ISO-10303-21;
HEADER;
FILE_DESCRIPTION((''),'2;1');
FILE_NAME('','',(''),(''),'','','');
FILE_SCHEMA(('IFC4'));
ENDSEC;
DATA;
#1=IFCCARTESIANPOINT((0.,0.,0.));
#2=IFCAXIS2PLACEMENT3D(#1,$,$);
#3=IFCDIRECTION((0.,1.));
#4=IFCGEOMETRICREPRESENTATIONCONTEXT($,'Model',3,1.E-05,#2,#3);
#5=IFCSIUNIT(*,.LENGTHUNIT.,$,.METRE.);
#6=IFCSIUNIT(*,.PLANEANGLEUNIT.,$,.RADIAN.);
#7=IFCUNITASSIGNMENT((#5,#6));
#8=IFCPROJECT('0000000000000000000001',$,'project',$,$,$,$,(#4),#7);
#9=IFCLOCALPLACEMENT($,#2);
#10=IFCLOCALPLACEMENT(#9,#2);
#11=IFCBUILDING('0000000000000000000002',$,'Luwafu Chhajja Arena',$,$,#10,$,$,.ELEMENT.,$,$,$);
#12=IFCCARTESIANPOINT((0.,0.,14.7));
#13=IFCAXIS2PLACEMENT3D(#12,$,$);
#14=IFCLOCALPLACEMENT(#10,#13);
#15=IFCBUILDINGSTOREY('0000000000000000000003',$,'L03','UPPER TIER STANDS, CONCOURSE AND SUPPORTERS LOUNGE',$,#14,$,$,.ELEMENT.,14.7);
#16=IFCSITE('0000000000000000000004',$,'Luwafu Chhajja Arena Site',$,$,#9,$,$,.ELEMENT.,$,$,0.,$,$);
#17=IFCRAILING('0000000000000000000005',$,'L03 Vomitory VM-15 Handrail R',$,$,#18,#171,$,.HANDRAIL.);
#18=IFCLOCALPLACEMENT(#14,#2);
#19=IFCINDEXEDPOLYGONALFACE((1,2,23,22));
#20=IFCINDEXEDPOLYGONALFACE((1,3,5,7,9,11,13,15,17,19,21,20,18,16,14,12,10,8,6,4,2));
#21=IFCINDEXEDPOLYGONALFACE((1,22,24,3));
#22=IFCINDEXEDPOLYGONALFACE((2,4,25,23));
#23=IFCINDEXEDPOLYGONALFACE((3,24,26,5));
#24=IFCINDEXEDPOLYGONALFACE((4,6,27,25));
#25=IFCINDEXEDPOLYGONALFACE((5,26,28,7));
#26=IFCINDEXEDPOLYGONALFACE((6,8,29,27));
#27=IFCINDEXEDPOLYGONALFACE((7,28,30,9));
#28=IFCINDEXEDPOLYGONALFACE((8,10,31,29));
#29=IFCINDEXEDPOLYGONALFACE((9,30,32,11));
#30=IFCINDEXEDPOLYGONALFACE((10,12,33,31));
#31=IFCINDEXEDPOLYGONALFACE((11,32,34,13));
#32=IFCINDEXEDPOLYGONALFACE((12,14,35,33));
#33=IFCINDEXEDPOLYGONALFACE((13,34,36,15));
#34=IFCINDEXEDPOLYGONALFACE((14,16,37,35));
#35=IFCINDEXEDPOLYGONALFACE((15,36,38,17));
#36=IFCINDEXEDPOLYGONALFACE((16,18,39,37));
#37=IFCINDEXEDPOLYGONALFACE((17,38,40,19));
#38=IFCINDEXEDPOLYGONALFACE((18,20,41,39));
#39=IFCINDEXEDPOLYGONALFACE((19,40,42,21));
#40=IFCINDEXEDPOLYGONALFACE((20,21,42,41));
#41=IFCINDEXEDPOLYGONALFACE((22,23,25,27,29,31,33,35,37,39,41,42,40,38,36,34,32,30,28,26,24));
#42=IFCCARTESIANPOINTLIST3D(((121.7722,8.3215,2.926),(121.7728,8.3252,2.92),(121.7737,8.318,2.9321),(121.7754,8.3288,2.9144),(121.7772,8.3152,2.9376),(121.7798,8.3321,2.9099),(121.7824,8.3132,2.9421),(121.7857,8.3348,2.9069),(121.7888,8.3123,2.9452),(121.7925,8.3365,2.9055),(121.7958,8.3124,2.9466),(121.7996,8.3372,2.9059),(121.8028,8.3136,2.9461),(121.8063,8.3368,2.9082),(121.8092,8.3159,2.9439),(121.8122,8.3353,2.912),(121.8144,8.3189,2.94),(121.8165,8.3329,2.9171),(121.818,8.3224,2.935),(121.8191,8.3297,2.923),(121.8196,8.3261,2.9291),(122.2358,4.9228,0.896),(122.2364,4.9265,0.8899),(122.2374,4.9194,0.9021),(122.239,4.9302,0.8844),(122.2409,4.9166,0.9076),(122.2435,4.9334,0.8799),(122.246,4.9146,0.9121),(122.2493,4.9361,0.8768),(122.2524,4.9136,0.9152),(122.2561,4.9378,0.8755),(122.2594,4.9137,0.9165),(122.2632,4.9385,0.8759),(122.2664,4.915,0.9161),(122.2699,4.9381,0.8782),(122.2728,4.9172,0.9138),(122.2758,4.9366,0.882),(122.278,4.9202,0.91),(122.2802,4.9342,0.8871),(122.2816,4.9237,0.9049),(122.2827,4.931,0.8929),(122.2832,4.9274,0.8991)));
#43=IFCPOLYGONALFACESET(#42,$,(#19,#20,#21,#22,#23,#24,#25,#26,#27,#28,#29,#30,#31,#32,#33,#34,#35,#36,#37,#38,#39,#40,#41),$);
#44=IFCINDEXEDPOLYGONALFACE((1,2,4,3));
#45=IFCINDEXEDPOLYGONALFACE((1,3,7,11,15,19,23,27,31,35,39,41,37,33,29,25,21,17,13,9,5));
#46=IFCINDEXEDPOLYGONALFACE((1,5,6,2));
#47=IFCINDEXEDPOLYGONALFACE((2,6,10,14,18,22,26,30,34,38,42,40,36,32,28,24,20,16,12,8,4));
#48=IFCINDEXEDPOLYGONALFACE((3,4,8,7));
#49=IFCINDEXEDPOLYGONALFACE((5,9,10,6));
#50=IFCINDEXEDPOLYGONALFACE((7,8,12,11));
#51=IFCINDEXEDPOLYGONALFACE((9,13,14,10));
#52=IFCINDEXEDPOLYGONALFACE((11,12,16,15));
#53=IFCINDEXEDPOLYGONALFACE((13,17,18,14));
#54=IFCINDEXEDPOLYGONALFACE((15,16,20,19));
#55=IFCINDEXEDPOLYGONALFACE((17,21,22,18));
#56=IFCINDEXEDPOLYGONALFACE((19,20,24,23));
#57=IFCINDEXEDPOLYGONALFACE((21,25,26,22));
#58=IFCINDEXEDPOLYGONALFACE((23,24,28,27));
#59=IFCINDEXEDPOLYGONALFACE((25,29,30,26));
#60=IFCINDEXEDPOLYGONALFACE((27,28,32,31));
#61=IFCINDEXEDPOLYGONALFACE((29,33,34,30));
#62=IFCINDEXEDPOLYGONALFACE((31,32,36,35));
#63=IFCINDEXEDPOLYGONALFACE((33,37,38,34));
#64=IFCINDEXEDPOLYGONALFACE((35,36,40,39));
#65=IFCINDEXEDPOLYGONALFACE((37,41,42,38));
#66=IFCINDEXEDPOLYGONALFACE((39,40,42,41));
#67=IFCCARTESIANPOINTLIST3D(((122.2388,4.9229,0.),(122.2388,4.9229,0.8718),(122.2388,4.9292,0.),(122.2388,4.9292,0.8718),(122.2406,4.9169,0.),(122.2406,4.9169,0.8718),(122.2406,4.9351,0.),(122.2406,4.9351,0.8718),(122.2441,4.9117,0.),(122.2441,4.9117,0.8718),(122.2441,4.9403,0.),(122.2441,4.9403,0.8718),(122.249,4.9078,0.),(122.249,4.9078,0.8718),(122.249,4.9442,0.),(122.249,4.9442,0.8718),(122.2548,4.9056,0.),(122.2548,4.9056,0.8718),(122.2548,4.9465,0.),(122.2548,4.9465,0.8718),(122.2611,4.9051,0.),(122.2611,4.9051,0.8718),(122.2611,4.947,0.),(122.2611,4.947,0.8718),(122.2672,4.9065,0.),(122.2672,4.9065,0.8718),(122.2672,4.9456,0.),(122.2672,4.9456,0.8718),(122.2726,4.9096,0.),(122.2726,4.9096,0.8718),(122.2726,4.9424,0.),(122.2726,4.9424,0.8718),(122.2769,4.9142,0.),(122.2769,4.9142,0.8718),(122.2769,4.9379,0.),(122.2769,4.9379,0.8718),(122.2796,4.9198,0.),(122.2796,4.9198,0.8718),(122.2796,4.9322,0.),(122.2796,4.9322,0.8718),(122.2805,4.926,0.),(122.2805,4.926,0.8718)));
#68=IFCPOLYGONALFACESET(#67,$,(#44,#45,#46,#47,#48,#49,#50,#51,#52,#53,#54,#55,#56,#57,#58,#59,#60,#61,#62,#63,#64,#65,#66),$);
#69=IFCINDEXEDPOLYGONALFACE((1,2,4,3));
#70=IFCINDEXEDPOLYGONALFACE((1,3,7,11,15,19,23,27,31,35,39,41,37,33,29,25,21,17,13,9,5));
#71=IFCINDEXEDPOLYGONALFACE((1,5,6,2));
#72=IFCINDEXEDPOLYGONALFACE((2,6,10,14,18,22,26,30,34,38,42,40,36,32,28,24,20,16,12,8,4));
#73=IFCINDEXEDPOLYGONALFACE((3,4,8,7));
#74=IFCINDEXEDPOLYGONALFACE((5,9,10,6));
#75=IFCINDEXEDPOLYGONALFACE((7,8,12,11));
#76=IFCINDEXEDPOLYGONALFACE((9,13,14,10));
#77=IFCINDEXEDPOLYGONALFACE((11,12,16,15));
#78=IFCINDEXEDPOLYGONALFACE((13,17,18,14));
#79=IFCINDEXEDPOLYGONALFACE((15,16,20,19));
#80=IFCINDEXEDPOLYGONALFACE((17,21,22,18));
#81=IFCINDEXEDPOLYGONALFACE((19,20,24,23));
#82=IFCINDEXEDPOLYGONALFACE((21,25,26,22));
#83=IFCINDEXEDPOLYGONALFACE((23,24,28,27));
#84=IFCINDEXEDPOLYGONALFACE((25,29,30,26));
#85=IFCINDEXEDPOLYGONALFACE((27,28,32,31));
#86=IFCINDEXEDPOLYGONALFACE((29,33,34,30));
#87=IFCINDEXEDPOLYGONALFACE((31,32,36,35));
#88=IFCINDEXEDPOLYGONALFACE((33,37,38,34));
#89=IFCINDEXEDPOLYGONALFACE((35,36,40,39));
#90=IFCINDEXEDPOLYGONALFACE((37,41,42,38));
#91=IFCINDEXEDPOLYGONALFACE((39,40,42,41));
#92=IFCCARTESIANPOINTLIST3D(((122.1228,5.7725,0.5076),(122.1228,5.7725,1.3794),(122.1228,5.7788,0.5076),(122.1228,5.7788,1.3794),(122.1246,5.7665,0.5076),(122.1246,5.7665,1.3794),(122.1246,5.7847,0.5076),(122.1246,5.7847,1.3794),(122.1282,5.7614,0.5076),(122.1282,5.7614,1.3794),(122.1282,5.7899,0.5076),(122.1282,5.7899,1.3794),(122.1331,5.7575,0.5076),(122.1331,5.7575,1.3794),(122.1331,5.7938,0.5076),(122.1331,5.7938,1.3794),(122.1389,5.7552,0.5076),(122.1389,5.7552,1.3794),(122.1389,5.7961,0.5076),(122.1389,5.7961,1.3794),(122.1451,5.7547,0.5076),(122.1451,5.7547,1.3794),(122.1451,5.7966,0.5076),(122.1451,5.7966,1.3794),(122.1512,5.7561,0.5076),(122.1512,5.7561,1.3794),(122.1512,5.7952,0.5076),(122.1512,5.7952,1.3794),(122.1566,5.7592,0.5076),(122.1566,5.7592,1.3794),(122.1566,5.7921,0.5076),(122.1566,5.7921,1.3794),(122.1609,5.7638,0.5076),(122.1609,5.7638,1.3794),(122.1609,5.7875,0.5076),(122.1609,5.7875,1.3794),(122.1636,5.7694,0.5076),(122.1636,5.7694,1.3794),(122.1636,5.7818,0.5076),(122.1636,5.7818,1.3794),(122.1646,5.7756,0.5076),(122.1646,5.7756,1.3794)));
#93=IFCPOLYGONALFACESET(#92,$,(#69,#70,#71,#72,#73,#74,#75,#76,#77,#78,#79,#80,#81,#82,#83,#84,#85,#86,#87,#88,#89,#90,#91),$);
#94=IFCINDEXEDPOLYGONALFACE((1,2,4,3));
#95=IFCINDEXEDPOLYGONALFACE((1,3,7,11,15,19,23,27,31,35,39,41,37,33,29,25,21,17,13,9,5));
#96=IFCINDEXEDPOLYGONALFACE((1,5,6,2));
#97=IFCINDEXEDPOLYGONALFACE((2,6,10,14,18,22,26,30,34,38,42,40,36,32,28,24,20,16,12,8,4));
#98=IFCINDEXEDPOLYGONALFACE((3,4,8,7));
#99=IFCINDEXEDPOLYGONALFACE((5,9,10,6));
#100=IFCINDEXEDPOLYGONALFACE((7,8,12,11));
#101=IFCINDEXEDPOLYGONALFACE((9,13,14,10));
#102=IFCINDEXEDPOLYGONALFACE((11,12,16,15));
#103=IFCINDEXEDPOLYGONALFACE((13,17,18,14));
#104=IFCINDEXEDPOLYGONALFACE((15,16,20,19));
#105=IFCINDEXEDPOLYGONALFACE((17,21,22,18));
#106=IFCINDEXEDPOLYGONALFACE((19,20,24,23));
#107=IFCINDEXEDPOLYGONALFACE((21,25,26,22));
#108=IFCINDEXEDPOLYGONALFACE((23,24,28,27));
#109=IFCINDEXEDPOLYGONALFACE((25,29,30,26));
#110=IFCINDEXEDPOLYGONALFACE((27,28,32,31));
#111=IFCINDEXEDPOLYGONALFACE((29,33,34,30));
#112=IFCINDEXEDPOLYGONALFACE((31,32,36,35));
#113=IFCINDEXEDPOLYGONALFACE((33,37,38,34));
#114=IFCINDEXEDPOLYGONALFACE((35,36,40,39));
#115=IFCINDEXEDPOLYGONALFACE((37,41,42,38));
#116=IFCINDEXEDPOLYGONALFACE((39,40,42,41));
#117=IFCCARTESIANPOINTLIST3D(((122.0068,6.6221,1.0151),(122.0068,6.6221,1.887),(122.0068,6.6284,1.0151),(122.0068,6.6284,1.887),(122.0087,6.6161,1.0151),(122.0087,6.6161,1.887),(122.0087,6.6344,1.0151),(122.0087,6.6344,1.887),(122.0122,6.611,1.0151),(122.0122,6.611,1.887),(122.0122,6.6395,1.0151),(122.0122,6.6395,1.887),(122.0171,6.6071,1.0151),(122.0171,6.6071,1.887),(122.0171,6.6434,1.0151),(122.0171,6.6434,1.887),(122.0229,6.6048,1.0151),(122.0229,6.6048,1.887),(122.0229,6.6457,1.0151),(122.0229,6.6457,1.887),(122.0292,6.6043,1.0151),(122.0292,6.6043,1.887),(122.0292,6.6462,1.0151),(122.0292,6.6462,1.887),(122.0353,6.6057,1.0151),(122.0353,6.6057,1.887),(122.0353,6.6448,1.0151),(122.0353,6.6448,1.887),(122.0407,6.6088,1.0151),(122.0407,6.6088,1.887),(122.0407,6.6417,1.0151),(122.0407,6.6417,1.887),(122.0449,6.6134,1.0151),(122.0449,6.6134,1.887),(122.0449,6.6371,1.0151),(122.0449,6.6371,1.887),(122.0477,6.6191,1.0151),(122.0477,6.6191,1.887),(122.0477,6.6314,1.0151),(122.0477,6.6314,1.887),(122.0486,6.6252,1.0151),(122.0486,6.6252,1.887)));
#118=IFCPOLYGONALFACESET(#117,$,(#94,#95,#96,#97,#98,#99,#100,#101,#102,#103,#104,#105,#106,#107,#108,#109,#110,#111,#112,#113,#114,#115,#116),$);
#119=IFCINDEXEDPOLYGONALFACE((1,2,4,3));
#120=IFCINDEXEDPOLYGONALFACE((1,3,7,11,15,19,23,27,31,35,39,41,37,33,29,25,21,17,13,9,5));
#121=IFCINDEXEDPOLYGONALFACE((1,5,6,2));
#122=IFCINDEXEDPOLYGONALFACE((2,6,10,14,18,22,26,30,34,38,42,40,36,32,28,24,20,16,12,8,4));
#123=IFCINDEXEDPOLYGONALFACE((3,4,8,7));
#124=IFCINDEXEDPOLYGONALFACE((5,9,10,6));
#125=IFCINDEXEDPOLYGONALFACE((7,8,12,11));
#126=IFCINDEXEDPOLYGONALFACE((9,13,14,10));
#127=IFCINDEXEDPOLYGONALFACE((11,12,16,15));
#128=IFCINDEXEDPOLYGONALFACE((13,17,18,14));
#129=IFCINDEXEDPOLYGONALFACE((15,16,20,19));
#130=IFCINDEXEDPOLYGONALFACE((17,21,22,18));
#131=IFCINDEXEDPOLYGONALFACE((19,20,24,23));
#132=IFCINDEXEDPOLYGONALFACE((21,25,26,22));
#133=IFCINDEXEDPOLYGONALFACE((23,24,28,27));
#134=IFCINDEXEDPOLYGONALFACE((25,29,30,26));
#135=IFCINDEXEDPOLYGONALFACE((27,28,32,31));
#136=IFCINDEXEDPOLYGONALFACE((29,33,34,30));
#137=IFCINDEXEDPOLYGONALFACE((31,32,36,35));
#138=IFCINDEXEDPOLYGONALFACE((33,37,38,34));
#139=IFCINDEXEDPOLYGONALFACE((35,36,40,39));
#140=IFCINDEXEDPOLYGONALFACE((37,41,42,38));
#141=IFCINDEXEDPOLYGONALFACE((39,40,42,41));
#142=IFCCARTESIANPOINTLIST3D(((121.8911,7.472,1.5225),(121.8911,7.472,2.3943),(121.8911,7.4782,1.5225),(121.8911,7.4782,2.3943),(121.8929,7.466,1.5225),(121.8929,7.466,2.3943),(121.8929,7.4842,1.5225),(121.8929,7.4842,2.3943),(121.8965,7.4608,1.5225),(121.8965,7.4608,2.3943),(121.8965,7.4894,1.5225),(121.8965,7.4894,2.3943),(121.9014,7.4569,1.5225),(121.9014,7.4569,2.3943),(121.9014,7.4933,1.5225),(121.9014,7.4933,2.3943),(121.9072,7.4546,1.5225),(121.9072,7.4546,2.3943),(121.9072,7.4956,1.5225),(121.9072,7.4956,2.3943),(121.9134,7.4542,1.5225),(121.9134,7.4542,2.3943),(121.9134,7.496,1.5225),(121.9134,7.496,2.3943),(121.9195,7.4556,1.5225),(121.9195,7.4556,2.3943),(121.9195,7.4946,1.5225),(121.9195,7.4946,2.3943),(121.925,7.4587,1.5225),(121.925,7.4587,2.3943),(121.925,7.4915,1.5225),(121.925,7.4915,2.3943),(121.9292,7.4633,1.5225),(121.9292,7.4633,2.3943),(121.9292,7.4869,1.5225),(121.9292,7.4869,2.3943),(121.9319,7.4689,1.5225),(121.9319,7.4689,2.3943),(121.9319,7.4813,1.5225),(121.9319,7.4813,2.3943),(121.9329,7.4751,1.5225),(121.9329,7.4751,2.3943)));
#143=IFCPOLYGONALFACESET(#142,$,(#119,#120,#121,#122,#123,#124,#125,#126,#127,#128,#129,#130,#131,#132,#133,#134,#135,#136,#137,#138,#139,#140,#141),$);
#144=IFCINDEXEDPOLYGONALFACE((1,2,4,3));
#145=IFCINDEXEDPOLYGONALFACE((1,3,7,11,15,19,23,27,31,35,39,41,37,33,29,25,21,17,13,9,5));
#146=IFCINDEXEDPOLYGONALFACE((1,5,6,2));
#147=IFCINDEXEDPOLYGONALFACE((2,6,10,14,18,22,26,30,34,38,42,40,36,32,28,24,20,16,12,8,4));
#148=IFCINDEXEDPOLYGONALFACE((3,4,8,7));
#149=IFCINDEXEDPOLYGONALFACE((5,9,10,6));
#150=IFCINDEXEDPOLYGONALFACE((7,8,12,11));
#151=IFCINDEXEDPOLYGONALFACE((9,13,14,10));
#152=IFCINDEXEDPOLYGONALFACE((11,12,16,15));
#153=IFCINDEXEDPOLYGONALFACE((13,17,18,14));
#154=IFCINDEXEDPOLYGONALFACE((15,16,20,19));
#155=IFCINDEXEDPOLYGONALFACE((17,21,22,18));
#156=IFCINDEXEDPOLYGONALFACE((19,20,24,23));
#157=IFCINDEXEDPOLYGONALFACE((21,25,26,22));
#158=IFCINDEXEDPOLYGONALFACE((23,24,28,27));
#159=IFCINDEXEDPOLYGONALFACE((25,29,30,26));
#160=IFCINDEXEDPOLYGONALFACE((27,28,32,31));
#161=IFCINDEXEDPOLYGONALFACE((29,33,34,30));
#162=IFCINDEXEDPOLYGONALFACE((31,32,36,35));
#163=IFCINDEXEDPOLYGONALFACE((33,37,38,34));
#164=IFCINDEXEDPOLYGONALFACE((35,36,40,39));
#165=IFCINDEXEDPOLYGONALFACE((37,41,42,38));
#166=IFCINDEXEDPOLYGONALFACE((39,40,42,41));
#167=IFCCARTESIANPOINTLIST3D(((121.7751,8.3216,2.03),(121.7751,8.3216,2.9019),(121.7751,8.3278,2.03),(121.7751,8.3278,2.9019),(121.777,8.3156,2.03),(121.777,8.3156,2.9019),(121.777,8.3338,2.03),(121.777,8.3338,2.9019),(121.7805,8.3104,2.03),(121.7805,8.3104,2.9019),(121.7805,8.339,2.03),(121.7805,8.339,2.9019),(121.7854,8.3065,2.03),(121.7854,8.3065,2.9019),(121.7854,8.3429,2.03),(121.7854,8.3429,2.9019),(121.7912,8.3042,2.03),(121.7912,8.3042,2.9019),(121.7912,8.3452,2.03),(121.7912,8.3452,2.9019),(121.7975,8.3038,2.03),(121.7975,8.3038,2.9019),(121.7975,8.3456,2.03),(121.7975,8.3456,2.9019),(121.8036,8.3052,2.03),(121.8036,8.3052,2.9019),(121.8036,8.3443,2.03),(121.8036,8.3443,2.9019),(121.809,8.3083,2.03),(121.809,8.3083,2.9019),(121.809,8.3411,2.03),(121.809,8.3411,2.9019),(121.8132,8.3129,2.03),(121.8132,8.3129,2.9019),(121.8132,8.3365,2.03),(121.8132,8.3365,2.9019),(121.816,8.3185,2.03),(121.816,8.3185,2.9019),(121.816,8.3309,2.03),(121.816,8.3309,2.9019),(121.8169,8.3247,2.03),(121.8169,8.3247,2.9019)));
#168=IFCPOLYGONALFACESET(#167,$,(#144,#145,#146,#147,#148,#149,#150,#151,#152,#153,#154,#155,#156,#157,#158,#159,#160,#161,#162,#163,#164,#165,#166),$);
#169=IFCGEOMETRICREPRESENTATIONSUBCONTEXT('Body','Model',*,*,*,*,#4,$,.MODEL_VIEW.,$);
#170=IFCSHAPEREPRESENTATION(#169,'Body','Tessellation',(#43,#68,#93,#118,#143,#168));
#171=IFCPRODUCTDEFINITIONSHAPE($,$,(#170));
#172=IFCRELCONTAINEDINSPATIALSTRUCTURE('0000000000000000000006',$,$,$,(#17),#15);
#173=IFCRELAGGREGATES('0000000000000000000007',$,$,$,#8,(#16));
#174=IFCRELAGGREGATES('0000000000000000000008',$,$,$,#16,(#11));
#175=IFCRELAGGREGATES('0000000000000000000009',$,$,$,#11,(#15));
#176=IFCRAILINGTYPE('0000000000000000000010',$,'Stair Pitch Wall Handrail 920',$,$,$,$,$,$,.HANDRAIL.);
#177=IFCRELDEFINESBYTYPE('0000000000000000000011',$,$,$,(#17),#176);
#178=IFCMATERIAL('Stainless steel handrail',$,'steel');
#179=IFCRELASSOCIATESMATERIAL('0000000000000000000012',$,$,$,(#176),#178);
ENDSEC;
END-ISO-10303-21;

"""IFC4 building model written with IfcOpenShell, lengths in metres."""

from ifc_helpers import new_model, si_unit, direction, frame, origin, origin_2d, place, context, subcontext, project, spatial, circle, extrude, material, type_object, element, save


model = new_model("IFC4")

# Units and contexts
model_context = context("Model", 3, precision=1e-05, world=origin(), true_north=direction((0.0, 1.0)))
body_context = subcontext(model_context, "Body", "Model", "MODEL_VIEW")
ifc_project = project(units=[si_unit("LENGTHUNIT", "METRE"), si_unit("PLANEANGLEUNIT", "RADIAN")], contexts=[model_context])

# Site, building, storey
site_placement = place(None, origin())
site = spatial("IfcSite", under=ifc_project, at=site_placement, Name="Luwafu Chhajja Arena Site", CompositionType="ELEMENT", RefElevation=0.0)
building_placement = place(site_placement, origin())
building = spatial("IfcBuilding", under=site, at=building_placement, Name="Luwafu Chhajja Arena", CompositionType="ELEMENT")
storey_placement = place(building_placement, frame((0.0, 0.0, 14.7)))
storey = spatial("IfcBuildingStorey", under=building, at=storey_placement, Name="L03", Description="UPPER TIER STANDS, CONCOURSE AND SUPPORTERS LOUNGE", CompositionType="ELEMENT", Elevation=14.7)

# Railing
ifc_material_1 = material(Name="Stainless steel handrail", Category="steel")
railing_type_1 = type_object("IfcRailingType", Name="Stair Pitch Wall Handrail 920", PredefinedType="HANDRAIL", material=ifc_material_1)
railing_1_placement = place(storey_placement, frame((122.2595, 4.926, 0.0)))
element("IfcRailing", 1, at=railing_1_placement, inside=storey, type_object=railing_type_1, Name="L03 Vomitory VM-15 Handrail R", PredefinedType="HANDRAIL", context=body_context, shape_type="SweptSolid", body=[
    extrude(circle(Radius=0.0239, at=origin_2d()), frame((0.0, 0.0, 0.896), z_axis=(-0.116317, 0.852687, 0.509309), x_axis=(-0.990824, -0.135161, 0.0)), (0.0, 0.0, 1.0), 3.9858),
    extrude(circle(Radius=0.021, at=origin_2d()), origin(), (0.0, 0.0, 1.0), 0.8718),
    extrude(circle(Radius=0.021, at=origin_2d()), frame((-0.116, 0.8496, 0.5076)), (0.0, 0.0, 1.0), 0.8718),
    extrude(circle(Radius=0.021, at=origin_2d()), frame((-0.2319, 1.6992, 1.0151)), (0.0, 0.0, 1.0), 0.8718),
    extrude(circle(Radius=0.021, at=origin_2d()), frame((-0.3477, 2.5491, 1.5225)), (0.0, 0.0, 1.0), 0.8718),
    extrude(circle(Radius=0.021, at=origin_2d()), frame((-0.4636, 3.3987, 2.03)), (0.0, 0.0, 1.0), 0.8718),
])

save(model, "model.ifc")
